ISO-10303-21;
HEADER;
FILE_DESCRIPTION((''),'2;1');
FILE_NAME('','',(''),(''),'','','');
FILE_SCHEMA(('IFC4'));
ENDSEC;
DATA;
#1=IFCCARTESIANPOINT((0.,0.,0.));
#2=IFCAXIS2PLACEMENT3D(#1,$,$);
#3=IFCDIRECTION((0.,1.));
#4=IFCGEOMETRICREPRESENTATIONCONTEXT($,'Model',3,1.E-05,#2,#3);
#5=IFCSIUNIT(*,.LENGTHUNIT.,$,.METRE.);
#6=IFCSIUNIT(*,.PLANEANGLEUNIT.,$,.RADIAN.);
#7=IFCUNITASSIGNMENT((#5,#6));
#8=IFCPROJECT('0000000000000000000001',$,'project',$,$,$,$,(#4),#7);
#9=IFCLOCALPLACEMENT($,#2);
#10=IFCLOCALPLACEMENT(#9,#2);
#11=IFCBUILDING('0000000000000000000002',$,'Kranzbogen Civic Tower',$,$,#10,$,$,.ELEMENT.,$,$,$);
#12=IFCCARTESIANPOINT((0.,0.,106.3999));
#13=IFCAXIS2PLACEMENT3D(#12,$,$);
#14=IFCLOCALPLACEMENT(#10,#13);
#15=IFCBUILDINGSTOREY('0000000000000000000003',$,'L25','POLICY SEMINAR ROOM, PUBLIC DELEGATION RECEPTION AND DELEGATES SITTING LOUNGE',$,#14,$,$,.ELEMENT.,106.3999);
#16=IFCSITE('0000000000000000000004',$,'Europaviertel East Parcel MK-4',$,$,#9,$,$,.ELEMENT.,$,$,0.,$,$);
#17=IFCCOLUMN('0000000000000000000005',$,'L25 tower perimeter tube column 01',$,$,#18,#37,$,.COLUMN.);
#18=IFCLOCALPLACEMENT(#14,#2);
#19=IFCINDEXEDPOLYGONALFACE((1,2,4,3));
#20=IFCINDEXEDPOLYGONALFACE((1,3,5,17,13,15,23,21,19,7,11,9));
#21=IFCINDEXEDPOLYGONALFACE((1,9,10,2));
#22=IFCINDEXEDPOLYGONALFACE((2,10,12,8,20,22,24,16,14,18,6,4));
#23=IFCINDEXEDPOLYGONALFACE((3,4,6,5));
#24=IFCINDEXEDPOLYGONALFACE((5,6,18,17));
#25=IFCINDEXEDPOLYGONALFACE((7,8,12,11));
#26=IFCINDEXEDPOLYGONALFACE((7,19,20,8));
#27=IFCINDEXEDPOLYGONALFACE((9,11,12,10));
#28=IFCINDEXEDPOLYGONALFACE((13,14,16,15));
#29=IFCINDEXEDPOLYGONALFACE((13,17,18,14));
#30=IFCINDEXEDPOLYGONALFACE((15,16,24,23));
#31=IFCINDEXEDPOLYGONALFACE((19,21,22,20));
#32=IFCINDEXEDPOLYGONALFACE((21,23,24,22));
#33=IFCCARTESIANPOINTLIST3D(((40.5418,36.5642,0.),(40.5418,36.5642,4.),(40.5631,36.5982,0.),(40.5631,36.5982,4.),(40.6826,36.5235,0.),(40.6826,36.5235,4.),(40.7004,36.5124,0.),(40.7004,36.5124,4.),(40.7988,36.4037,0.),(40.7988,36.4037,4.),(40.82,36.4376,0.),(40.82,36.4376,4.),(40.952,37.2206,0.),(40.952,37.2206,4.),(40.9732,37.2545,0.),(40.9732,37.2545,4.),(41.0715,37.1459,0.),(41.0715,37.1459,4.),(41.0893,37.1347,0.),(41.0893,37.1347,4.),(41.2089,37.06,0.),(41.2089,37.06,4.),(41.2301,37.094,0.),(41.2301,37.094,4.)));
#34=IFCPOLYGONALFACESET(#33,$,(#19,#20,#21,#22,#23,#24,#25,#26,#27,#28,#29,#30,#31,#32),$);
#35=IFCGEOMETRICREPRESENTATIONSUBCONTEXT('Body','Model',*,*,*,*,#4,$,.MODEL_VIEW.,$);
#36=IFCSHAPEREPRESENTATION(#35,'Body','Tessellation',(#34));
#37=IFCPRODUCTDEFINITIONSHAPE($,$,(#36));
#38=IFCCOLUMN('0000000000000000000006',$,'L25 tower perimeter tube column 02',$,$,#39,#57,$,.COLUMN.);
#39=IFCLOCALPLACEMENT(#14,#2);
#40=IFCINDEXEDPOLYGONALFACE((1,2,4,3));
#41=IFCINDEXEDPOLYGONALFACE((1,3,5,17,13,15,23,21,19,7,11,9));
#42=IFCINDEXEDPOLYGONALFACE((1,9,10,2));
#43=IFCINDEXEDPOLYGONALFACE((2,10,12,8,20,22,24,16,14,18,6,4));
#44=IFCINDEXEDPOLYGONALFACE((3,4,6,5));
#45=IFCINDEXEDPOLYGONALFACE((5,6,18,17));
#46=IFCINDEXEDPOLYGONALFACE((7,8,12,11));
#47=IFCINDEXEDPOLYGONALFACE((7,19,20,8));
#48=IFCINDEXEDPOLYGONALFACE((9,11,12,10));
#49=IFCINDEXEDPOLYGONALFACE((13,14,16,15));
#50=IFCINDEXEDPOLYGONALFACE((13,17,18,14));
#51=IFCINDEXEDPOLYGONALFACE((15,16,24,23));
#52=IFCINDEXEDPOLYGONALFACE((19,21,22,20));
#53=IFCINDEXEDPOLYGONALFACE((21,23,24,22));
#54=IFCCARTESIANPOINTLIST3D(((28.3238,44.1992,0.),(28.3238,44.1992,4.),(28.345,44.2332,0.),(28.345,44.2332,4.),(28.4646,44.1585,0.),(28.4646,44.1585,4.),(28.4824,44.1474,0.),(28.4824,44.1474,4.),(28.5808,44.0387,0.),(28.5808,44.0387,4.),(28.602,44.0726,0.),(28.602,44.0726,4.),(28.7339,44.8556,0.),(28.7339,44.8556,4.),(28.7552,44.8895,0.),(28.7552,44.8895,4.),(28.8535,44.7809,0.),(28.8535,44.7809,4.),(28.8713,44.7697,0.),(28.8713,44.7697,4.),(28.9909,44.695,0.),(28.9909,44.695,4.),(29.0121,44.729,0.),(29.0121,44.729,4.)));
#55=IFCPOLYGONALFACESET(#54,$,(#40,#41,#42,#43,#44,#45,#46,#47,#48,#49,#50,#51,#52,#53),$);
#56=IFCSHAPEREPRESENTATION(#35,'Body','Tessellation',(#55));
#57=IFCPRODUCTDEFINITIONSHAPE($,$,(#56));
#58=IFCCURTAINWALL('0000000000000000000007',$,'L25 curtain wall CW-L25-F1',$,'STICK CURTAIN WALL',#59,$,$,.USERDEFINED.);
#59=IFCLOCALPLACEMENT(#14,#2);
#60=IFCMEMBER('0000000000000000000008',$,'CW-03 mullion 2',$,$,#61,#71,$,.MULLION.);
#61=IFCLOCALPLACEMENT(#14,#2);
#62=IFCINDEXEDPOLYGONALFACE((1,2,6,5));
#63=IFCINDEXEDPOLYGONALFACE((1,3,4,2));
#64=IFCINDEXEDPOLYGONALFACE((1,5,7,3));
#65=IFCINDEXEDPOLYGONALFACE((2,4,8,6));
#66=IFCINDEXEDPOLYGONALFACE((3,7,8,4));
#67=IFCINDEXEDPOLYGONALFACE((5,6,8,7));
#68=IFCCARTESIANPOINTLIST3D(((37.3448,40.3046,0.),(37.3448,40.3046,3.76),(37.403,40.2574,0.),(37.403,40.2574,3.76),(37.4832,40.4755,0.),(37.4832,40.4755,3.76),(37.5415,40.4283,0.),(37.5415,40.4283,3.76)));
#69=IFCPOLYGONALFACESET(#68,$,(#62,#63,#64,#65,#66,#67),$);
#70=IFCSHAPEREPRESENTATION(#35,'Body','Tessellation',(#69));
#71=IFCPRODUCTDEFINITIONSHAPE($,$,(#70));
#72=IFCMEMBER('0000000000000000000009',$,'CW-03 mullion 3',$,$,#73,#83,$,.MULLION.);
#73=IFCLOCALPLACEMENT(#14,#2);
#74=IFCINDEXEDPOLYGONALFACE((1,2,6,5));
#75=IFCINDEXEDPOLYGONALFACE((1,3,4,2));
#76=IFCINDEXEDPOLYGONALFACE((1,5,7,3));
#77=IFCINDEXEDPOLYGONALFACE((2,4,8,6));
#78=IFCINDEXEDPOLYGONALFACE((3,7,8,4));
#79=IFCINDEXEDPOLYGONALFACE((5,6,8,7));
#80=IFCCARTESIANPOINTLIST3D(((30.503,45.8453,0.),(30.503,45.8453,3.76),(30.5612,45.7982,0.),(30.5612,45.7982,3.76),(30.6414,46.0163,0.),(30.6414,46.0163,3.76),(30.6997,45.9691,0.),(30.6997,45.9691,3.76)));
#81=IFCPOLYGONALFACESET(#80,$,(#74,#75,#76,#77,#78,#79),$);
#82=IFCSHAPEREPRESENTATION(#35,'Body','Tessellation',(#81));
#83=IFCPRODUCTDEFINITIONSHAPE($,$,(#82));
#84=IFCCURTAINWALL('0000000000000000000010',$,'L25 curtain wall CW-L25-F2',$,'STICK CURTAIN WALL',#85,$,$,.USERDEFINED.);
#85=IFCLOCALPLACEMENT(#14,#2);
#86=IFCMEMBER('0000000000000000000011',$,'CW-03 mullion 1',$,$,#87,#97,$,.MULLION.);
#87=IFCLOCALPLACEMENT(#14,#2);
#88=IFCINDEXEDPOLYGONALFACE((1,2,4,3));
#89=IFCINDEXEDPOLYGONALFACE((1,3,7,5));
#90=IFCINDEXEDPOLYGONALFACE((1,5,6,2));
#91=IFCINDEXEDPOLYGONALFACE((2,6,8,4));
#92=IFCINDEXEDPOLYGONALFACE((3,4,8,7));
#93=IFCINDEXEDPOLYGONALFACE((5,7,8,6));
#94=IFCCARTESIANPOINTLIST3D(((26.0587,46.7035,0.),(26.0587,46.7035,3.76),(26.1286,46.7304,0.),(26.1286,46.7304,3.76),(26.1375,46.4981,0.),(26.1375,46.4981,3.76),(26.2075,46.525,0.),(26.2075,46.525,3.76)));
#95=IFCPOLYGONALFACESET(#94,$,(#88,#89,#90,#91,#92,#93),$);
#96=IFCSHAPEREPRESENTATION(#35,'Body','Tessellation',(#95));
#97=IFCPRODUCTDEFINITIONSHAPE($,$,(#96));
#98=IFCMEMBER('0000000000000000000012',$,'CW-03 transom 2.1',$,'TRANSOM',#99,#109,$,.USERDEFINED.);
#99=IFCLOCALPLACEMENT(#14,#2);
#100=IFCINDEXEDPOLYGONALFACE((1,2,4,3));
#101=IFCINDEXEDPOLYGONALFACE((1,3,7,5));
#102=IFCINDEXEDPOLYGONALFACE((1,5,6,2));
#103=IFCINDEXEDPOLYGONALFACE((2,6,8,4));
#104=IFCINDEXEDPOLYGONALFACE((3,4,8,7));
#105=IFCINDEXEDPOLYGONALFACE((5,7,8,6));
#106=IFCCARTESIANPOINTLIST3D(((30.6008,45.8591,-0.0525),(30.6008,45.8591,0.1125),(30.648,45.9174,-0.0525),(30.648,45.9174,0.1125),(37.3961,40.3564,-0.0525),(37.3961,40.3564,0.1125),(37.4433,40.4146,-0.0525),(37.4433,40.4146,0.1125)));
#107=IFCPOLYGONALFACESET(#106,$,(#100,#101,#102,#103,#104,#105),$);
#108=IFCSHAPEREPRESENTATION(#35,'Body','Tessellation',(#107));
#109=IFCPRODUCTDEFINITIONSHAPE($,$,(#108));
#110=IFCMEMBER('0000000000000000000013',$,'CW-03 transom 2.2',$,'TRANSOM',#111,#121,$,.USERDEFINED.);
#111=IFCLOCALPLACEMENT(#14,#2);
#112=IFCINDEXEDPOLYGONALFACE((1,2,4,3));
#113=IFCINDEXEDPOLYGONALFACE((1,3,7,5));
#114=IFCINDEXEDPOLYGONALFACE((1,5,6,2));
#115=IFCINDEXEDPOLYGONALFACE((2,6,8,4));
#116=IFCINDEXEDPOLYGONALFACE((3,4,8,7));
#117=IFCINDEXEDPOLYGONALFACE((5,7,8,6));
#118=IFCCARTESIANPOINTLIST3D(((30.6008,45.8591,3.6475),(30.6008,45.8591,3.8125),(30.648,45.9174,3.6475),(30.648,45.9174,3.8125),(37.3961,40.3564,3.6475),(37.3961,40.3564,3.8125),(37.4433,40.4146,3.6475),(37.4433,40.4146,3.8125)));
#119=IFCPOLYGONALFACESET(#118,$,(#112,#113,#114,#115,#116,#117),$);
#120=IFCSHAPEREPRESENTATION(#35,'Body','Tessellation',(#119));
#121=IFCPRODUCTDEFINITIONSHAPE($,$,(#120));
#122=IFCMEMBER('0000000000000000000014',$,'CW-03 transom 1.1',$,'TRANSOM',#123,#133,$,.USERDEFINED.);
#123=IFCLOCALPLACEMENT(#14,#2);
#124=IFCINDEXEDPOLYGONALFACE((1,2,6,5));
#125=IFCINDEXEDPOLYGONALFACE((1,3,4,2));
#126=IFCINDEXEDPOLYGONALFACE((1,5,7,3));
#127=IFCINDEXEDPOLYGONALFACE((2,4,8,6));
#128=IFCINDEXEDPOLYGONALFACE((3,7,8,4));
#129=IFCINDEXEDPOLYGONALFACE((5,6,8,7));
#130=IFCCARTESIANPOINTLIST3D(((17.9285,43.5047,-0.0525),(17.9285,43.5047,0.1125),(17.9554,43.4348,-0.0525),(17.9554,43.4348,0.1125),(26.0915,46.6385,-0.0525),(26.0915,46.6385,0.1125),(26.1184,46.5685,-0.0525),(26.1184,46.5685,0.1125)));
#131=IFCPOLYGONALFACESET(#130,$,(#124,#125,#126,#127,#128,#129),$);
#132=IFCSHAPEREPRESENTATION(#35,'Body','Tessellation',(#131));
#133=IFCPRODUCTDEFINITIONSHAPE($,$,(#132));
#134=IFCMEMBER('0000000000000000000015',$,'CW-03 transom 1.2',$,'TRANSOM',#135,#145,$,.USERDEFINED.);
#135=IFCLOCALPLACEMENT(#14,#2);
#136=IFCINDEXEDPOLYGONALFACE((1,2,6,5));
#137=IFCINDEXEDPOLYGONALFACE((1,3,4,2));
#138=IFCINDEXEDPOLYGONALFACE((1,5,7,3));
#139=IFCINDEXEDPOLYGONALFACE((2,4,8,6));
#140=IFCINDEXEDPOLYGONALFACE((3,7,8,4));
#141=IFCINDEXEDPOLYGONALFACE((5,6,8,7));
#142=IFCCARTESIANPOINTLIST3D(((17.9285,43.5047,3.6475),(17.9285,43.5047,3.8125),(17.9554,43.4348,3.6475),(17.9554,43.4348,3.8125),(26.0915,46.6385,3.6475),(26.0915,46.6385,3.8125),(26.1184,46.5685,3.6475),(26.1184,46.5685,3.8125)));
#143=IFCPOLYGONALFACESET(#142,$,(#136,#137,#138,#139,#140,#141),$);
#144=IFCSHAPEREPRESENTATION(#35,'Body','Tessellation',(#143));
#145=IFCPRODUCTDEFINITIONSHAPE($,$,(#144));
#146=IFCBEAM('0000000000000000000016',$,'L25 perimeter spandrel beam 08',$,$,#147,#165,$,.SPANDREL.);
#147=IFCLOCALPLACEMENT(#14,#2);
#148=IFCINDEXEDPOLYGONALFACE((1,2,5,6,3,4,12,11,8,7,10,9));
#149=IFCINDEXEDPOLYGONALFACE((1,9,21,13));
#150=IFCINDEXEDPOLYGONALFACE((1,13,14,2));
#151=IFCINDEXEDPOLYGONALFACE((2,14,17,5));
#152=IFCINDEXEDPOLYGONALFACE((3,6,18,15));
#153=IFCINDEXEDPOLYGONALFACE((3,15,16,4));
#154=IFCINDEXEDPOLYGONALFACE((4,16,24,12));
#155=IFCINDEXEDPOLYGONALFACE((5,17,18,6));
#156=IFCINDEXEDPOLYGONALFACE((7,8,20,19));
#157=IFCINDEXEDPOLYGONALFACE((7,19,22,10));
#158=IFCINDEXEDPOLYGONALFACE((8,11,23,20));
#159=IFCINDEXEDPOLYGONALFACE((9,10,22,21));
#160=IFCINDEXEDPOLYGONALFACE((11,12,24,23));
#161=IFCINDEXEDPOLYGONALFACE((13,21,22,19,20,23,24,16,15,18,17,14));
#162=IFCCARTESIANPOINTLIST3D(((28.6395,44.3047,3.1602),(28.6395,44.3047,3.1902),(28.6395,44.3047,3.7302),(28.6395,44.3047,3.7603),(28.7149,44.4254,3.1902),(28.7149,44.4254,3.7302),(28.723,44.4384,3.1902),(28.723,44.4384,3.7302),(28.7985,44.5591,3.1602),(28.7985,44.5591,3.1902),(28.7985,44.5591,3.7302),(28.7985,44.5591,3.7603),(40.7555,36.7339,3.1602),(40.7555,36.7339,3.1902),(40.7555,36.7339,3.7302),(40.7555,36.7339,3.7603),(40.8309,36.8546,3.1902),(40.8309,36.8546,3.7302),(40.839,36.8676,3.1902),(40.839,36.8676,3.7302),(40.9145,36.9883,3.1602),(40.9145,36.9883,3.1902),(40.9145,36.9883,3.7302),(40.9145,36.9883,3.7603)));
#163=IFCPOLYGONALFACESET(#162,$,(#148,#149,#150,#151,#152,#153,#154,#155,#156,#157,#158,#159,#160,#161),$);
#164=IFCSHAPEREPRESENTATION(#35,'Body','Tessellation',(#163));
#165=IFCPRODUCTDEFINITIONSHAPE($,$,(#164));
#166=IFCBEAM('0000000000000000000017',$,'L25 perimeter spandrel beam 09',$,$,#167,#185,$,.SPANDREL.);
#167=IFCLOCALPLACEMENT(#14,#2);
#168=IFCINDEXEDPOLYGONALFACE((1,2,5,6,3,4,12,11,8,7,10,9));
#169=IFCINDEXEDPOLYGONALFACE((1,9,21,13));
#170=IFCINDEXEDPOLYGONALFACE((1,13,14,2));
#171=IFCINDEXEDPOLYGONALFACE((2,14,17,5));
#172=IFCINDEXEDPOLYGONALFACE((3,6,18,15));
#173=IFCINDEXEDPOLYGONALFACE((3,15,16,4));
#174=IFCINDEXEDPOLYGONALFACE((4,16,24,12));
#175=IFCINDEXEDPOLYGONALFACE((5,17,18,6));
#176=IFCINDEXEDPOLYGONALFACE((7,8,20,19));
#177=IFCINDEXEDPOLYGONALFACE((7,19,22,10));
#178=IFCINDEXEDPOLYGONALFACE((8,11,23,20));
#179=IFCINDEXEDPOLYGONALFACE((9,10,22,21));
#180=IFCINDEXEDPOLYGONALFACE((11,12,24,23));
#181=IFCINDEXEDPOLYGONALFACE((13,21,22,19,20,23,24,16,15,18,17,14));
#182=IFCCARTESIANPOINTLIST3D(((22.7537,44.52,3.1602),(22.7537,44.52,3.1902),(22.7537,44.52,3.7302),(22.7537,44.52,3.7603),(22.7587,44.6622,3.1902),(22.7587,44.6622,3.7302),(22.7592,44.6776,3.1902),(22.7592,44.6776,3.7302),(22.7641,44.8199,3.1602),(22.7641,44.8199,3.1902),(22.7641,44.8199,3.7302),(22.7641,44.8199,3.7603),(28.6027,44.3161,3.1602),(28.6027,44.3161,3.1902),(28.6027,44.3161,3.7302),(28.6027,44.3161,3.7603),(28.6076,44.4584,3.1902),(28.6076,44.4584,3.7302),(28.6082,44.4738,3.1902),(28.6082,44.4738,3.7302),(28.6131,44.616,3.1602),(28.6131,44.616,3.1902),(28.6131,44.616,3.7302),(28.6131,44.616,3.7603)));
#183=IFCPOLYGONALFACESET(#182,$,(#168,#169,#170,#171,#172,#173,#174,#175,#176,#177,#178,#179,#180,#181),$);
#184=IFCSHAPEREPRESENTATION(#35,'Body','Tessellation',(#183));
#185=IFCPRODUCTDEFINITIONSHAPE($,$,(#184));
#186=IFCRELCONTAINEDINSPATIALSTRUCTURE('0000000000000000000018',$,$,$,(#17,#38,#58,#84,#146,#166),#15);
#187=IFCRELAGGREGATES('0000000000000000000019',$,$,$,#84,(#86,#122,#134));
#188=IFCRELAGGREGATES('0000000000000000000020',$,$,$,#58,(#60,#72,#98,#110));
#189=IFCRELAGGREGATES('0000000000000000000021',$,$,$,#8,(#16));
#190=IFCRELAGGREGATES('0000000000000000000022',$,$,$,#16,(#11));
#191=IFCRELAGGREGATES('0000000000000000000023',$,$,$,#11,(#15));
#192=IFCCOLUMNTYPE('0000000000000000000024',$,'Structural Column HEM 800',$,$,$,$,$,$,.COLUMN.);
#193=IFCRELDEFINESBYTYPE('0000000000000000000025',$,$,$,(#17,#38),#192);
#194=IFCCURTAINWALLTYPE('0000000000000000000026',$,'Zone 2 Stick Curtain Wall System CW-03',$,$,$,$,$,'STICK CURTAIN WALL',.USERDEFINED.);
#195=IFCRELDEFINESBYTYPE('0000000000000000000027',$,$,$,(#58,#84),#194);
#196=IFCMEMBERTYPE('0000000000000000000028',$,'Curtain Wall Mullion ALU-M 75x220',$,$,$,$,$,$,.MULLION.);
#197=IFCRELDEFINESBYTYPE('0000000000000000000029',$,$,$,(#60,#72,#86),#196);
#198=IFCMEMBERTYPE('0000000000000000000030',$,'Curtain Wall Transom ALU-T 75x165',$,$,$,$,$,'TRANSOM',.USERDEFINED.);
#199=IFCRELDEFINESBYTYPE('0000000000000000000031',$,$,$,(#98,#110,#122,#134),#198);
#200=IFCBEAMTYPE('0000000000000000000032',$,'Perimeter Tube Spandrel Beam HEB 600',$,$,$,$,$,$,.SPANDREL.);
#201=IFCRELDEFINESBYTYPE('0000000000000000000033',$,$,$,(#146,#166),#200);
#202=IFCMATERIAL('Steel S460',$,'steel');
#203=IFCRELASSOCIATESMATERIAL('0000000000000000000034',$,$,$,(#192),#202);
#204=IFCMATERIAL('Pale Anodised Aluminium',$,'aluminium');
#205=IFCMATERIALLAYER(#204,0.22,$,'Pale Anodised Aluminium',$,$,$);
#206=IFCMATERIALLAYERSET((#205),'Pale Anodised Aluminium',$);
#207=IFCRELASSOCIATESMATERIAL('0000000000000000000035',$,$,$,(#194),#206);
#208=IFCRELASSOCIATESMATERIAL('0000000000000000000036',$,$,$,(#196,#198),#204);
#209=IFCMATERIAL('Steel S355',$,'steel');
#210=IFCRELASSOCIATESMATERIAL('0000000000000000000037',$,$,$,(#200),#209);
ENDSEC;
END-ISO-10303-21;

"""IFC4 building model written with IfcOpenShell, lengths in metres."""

from ifc_helpers import new_model, si_unit, direction, frame, origin, origin_2d, place, context, subcontext, project, spatial, rectangle, i_section, extrude, material, layer, layer_set, material_profile, profile_set, type_object, element, aggregate, save


model = new_model("IFC4")

# Units and contexts
model_context = context("Model", 3, precision=1e-05, world=origin(), true_north=direction((0.0, 1.0)))
body_context = subcontext(model_context, "Body", "Model", "MODEL_VIEW")
ifc_project = project(units=[si_unit("LENGTHUNIT", "METRE"), si_unit("PLANEANGLEUNIT", "RADIAN")], contexts=[model_context])

# Site, building, storey
site_placement = place(None, origin())
site = spatial("IfcSite", under=ifc_project, at=site_placement, Name="Europaviertel East Parcel MK-4", CompositionType="ELEMENT", RefElevation=0.0)
building_placement = place(site_placement, origin())
building = spatial("IfcBuilding", under=site, at=building_placement, Name="Kranzbogen Civic Tower", CompositionType="ELEMENT")
storey_placement = place(building_placement, frame((0.0, 0.0, 106.3999)))
storey = spatial("IfcBuildingStorey", under=building, at=storey_placement, Name="L25", Description="POLICY SEMINAR ROOM, PUBLIC DELEGATION RECEPTION AND DELEGATES SITTING LOUNGE", CompositionType="ELEMENT", Elevation=106.3999)

# Columns
ifc_material_1 = material(Name="Steel S460", Category="steel")
ifc_material_profile_1 = material_profile(ifc_material_1, i_section(OverallWidth=0.303, OverallDepth=0.814, WebThickness=0.021, FlangeThickness=0.04, at=origin_2d()), Name="HEM 800")
ifc_profile_set_1 = profile_set([ifc_material_profile_1], Name="Steel S460")
column_type = type_object("IfcColumnType", Name="Structural Column HEM 800", PredefinedType="COLUMN", material=ifc_profile_set_1)
for number, where, z_axis, x_axis, name in (
    (1, (40.886, 36.8291, 0.0), (0.0, 0.0, 1.0), (-0.848048, 0.529919, 0.0), "L25 tower perimeter tube column 01"),
    (2, (28.668, 44.4641, 0.0), (0.0, 0.0, 1.0), (-0.848048, 0.529919, 0.0), "L25 tower perimeter tube column 02"),
):
    element("IfcColumn", number, at=place(storey_placement, frame(where, z_axis=z_axis, x_axis=x_axis)), inside=storey, type_object=column_type, Name=name, PredefinedType="COLUMN", context=body_context, shape_type="SweptSolid", body=[
        extrude(i_section(OverallWidth=0.303, OverallDepth=0.814, WebThickness=0.021, FlangeThickness=0.04, at=origin_2d()), origin(), (0.0, 0.0, 1.0), 4.0),
    ])

# Curtain wall, members
ifc_material_2 = material(Name="Pale Anodised Aluminium", Category="aluminium")
ifc_layer_1 = layer(ifc_material_2, 0.22, Name="Pale Anodised Aluminium")
ifc_layer_set_1 = layer_set([ifc_layer_1], Name="Pale Anodised Aluminium")
curtain_wall_type = type_object("IfcCurtainWallType", Name="Zone 2 Stick Curtain Wall System CW-03", ElementType="STICK CURTAIN WALL", PredefinedType="USERDEFINED", material=ifc_layer_set_1)
curtain_wall_1_placement = place(storey_placement, origin())
curtain_wall_1 = element("IfcCurtainWall", 3, at=curtain_wall_1_placement, inside=storey, type_object=curtain_wall_type, Name="L25 curtain wall CW-L25-F1", ObjectType="STICK CURTAIN WALL", PredefinedType="USERDEFINED")
ifc_material_profile_2 = material_profile(ifc_material_2, rectangle(XDim=0.075, YDim=0.22, at=origin_2d()), Name="ALU-M 75x220")
ifc_profile_set_2 = profile_set([ifc_material_profile_2], Name="Pale Anodised Aluminium")
member_type_1 = type_object("IfcMemberType", Name="Curtain Wall Mullion ALU-M 75x220", PredefinedType="MULLION", material=ifc_profile_set_2)
member_1_placement = place(storey_placement, frame((37.4431, 40.3665, 0.0), z_axis=(0.0, 0.0, 1.0), x_axis=(-0.777128, 0.629343, 0.0)))
member_1 = element("IfcMember", 4, at=member_1_placement, type_object=member_type_1, Name="CW-03 mullion 2", PredefinedType="MULLION", context=body_context, shape_type="SweptSolid", body=[
    extrude(rectangle(XDim=0.075, YDim=0.22, at=origin_2d()), origin(), (0.0, 0.0, 1.0), 3.76),
])
member_2_placement = place(storey_placement, frame((30.6013, 45.9072, 0.0), z_axis=(0.0, 0.0, 1.0), x_axis=(-0.777128, 0.629343, 0.0)))
member_2 = element("IfcMember", 5, at=member_2_placement, type_object=member_type_1, Name="CW-03 mullion 3", PredefinedType="MULLION", context=body_context, shape_type="SweptSolid", body=[
    extrude(rectangle(XDim=0.075, YDim=0.22, at=origin_2d()), origin(), (0.0, 0.0, 1.0), 3.76),
])

# Curtain wall, member
curtain_wall_2_placement = place(storey_placement, origin())
curtain_wall_2 = element("IfcCurtainWall", 6, at=curtain_wall_2_placement, inside=storey, type_object=curtain_wall_type, Name="L25 curtain wall CW-L25-F2", ObjectType="STICK CURTAIN WALL", PredefinedType="USERDEFINED")
member_3_placement = place(storey_placement, frame((26.1331, 46.6143, 0.0), z_axis=(0.0, 0.0, 1.0), x_axis=(-0.93357, -0.358395, 0.0)))
member_3 = element("IfcMember", 7, at=member_3_placement, type_object=member_type_1, Name="CW-03 mullion 1", PredefinedType="MULLION", context=body_context, shape_type="SweptSolid", body=[
    extrude(rectangle(XDim=0.075, YDim=0.22, at=origin_2d()), origin(), (0.0, 0.0, 1.0), 3.76),
])

# Members
ifc_material_profile_3 = material_profile(ifc_material_2, rectangle(XDim=0.075, YDim=0.165, at=origin_2d()), Name="ALU-T 75x165")
ifc_profile_set_3 = profile_set([ifc_material_profile_3], Name="Pale Anodised Aluminium")
member_type_2 = type_object("IfcMemberType", Name="Curtain Wall Transom ALU-T 75x165", ElementType="TRANSOM", PredefinedType="USERDEFINED", material=ifc_profile_set_3)
member_4_placement = place(storey_placement, frame((37.4197, 40.3855, 0.03), z_axis=(-0.777142, 0.629325, 0.0), x_axis=(-0.629325, -0.777142, 0.0)))
member_4 = element("IfcMember", 8, at=member_4_placement, type_object=member_type_2, Name="CW-03 transom 2.1", ObjectType="TRANSOM", PredefinedType="USERDEFINED", context=body_context, shape_type="SweptSolid", body=[
    extrude(rectangle(XDim=0.075, YDim=0.165, at=origin_2d()), origin(), (0.0, 0.0, 1.0), 8.7439),
])
member_5_placement = place(storey_placement, frame((37.4197, 40.3855, 3.73), z_axis=(-0.777142, 0.629325, 0.0), x_axis=(-0.629325, -0.777142, 0.0)))
member_5 = element("IfcMember", 9, at=member_5_placement, type_object=member_type_2, Name="CW-03 transom 2.2", ObjectType="TRANSOM", PredefinedType="USERDEFINED", context=body_context, shape_type="SweptSolid", body=[
    extrude(rectangle(XDim=0.075, YDim=0.165, at=origin_2d()), origin(), (0.0, 0.0, 1.0), 8.7439),
])
member_6_placement = place(storey_placement, frame((26.105, 46.6035, 0.03), z_axis=(-0.93357, -0.358395, 0.0), x_axis=(0.358395, -0.93357, 0.0)))
member_6 = element("IfcMember", 10, at=member_6_placement, type_object=member_type_2, Name="CW-03 transom 1.1", ObjectType="TRANSOM", PredefinedType="USERDEFINED", context=body_context, shape_type="SweptSolid", body=[
    extrude(rectangle(XDim=0.075, YDim=0.165, at=origin_2d()), origin(), (0.0, 0.0, 1.0), 8.7439),
])
member_7_placement = place(storey_placement, frame((26.105, 46.6035, 3.73), z_axis=(-0.93357, -0.358395, 0.0), x_axis=(0.358395, -0.93357, 0.0)))
member_7 = element("IfcMember", 11, at=member_7_placement, type_object=member_type_2, Name="CW-03 transom 1.2", ObjectType="TRANSOM", PredefinedType="USERDEFINED", context=body_context, shape_type="SweptSolid", body=[
    extrude(rectangle(XDim=0.075, YDim=0.165, at=origin_2d()), origin(), (0.0, 0.0, 1.0), 8.7439),
])
aggregate(curtain_wall_2, [member_3, member_6, member_7])

# Beams
ifc_material_3 = material(Name="Steel S355", Category="steel")
ifc_material_profile_4 = material_profile(ifc_material_3, i_section(OverallWidth=0.3, OverallDepth=0.6001, WebThickness=0.0154, FlangeThickness=0.03, at=origin_2d()), Name="HEB 600")
ifc_profile_set_4 = profile_set([ifc_material_profile_4], Name="Steel S355")
beam_type_1 = type_object("IfcBeamType", Name="Perimeter Tube Spandrel Beam HEB 600", PredefinedType="SPANDREL", material=ifc_profile_set_4)
beam_1_placement = place(storey_placement, frame((40.835, 36.8611, 3.4602), z_axis=(-0.848051, 0.529914, 0.0), x_axis=(-0.529914, -0.848051, 0.0)))
element("IfcBeam", 12, at=beam_1_placement, inside=storey, type_object=beam_type_1, Name="L25 perimeter spandrel beam 08", PredefinedType="SPANDREL", context=body_context, shape_type="SweptSolid", body=[
    extrude(i_section(OverallWidth=0.3, OverallDepth=0.6001, WebThickness=0.0154, FlangeThickness=0.03, at=origin_2d()), origin(), (0.0, 0.0, 1.0), 14.2869),
])
beam_2_placement = place(storey_placement, frame((28.6079, 44.4661, 3.4602), z_axis=(-0.999393, 0.034833, 0.0), x_axis=(-0.034833, -0.999393, 0.0)))
element("IfcBeam", 13, at=beam_2_placement, inside=storey, type_object=beam_type_1, Name="L25 perimeter spandrel beam 09", PredefinedType="SPANDREL", context=body_context, shape_type="SweptSolid", body=[
    extrude(i_section(OverallWidth=0.3, OverallDepth=0.6001, WebThickness=0.0154, FlangeThickness=0.03, at=origin_2d()), origin(), (0.0, 0.0, 1.0), 5.8525),
])

aggregate(curtain_wall_1, [member_1, member_2, member_4, member_5])

save(model, "model.ifc")
